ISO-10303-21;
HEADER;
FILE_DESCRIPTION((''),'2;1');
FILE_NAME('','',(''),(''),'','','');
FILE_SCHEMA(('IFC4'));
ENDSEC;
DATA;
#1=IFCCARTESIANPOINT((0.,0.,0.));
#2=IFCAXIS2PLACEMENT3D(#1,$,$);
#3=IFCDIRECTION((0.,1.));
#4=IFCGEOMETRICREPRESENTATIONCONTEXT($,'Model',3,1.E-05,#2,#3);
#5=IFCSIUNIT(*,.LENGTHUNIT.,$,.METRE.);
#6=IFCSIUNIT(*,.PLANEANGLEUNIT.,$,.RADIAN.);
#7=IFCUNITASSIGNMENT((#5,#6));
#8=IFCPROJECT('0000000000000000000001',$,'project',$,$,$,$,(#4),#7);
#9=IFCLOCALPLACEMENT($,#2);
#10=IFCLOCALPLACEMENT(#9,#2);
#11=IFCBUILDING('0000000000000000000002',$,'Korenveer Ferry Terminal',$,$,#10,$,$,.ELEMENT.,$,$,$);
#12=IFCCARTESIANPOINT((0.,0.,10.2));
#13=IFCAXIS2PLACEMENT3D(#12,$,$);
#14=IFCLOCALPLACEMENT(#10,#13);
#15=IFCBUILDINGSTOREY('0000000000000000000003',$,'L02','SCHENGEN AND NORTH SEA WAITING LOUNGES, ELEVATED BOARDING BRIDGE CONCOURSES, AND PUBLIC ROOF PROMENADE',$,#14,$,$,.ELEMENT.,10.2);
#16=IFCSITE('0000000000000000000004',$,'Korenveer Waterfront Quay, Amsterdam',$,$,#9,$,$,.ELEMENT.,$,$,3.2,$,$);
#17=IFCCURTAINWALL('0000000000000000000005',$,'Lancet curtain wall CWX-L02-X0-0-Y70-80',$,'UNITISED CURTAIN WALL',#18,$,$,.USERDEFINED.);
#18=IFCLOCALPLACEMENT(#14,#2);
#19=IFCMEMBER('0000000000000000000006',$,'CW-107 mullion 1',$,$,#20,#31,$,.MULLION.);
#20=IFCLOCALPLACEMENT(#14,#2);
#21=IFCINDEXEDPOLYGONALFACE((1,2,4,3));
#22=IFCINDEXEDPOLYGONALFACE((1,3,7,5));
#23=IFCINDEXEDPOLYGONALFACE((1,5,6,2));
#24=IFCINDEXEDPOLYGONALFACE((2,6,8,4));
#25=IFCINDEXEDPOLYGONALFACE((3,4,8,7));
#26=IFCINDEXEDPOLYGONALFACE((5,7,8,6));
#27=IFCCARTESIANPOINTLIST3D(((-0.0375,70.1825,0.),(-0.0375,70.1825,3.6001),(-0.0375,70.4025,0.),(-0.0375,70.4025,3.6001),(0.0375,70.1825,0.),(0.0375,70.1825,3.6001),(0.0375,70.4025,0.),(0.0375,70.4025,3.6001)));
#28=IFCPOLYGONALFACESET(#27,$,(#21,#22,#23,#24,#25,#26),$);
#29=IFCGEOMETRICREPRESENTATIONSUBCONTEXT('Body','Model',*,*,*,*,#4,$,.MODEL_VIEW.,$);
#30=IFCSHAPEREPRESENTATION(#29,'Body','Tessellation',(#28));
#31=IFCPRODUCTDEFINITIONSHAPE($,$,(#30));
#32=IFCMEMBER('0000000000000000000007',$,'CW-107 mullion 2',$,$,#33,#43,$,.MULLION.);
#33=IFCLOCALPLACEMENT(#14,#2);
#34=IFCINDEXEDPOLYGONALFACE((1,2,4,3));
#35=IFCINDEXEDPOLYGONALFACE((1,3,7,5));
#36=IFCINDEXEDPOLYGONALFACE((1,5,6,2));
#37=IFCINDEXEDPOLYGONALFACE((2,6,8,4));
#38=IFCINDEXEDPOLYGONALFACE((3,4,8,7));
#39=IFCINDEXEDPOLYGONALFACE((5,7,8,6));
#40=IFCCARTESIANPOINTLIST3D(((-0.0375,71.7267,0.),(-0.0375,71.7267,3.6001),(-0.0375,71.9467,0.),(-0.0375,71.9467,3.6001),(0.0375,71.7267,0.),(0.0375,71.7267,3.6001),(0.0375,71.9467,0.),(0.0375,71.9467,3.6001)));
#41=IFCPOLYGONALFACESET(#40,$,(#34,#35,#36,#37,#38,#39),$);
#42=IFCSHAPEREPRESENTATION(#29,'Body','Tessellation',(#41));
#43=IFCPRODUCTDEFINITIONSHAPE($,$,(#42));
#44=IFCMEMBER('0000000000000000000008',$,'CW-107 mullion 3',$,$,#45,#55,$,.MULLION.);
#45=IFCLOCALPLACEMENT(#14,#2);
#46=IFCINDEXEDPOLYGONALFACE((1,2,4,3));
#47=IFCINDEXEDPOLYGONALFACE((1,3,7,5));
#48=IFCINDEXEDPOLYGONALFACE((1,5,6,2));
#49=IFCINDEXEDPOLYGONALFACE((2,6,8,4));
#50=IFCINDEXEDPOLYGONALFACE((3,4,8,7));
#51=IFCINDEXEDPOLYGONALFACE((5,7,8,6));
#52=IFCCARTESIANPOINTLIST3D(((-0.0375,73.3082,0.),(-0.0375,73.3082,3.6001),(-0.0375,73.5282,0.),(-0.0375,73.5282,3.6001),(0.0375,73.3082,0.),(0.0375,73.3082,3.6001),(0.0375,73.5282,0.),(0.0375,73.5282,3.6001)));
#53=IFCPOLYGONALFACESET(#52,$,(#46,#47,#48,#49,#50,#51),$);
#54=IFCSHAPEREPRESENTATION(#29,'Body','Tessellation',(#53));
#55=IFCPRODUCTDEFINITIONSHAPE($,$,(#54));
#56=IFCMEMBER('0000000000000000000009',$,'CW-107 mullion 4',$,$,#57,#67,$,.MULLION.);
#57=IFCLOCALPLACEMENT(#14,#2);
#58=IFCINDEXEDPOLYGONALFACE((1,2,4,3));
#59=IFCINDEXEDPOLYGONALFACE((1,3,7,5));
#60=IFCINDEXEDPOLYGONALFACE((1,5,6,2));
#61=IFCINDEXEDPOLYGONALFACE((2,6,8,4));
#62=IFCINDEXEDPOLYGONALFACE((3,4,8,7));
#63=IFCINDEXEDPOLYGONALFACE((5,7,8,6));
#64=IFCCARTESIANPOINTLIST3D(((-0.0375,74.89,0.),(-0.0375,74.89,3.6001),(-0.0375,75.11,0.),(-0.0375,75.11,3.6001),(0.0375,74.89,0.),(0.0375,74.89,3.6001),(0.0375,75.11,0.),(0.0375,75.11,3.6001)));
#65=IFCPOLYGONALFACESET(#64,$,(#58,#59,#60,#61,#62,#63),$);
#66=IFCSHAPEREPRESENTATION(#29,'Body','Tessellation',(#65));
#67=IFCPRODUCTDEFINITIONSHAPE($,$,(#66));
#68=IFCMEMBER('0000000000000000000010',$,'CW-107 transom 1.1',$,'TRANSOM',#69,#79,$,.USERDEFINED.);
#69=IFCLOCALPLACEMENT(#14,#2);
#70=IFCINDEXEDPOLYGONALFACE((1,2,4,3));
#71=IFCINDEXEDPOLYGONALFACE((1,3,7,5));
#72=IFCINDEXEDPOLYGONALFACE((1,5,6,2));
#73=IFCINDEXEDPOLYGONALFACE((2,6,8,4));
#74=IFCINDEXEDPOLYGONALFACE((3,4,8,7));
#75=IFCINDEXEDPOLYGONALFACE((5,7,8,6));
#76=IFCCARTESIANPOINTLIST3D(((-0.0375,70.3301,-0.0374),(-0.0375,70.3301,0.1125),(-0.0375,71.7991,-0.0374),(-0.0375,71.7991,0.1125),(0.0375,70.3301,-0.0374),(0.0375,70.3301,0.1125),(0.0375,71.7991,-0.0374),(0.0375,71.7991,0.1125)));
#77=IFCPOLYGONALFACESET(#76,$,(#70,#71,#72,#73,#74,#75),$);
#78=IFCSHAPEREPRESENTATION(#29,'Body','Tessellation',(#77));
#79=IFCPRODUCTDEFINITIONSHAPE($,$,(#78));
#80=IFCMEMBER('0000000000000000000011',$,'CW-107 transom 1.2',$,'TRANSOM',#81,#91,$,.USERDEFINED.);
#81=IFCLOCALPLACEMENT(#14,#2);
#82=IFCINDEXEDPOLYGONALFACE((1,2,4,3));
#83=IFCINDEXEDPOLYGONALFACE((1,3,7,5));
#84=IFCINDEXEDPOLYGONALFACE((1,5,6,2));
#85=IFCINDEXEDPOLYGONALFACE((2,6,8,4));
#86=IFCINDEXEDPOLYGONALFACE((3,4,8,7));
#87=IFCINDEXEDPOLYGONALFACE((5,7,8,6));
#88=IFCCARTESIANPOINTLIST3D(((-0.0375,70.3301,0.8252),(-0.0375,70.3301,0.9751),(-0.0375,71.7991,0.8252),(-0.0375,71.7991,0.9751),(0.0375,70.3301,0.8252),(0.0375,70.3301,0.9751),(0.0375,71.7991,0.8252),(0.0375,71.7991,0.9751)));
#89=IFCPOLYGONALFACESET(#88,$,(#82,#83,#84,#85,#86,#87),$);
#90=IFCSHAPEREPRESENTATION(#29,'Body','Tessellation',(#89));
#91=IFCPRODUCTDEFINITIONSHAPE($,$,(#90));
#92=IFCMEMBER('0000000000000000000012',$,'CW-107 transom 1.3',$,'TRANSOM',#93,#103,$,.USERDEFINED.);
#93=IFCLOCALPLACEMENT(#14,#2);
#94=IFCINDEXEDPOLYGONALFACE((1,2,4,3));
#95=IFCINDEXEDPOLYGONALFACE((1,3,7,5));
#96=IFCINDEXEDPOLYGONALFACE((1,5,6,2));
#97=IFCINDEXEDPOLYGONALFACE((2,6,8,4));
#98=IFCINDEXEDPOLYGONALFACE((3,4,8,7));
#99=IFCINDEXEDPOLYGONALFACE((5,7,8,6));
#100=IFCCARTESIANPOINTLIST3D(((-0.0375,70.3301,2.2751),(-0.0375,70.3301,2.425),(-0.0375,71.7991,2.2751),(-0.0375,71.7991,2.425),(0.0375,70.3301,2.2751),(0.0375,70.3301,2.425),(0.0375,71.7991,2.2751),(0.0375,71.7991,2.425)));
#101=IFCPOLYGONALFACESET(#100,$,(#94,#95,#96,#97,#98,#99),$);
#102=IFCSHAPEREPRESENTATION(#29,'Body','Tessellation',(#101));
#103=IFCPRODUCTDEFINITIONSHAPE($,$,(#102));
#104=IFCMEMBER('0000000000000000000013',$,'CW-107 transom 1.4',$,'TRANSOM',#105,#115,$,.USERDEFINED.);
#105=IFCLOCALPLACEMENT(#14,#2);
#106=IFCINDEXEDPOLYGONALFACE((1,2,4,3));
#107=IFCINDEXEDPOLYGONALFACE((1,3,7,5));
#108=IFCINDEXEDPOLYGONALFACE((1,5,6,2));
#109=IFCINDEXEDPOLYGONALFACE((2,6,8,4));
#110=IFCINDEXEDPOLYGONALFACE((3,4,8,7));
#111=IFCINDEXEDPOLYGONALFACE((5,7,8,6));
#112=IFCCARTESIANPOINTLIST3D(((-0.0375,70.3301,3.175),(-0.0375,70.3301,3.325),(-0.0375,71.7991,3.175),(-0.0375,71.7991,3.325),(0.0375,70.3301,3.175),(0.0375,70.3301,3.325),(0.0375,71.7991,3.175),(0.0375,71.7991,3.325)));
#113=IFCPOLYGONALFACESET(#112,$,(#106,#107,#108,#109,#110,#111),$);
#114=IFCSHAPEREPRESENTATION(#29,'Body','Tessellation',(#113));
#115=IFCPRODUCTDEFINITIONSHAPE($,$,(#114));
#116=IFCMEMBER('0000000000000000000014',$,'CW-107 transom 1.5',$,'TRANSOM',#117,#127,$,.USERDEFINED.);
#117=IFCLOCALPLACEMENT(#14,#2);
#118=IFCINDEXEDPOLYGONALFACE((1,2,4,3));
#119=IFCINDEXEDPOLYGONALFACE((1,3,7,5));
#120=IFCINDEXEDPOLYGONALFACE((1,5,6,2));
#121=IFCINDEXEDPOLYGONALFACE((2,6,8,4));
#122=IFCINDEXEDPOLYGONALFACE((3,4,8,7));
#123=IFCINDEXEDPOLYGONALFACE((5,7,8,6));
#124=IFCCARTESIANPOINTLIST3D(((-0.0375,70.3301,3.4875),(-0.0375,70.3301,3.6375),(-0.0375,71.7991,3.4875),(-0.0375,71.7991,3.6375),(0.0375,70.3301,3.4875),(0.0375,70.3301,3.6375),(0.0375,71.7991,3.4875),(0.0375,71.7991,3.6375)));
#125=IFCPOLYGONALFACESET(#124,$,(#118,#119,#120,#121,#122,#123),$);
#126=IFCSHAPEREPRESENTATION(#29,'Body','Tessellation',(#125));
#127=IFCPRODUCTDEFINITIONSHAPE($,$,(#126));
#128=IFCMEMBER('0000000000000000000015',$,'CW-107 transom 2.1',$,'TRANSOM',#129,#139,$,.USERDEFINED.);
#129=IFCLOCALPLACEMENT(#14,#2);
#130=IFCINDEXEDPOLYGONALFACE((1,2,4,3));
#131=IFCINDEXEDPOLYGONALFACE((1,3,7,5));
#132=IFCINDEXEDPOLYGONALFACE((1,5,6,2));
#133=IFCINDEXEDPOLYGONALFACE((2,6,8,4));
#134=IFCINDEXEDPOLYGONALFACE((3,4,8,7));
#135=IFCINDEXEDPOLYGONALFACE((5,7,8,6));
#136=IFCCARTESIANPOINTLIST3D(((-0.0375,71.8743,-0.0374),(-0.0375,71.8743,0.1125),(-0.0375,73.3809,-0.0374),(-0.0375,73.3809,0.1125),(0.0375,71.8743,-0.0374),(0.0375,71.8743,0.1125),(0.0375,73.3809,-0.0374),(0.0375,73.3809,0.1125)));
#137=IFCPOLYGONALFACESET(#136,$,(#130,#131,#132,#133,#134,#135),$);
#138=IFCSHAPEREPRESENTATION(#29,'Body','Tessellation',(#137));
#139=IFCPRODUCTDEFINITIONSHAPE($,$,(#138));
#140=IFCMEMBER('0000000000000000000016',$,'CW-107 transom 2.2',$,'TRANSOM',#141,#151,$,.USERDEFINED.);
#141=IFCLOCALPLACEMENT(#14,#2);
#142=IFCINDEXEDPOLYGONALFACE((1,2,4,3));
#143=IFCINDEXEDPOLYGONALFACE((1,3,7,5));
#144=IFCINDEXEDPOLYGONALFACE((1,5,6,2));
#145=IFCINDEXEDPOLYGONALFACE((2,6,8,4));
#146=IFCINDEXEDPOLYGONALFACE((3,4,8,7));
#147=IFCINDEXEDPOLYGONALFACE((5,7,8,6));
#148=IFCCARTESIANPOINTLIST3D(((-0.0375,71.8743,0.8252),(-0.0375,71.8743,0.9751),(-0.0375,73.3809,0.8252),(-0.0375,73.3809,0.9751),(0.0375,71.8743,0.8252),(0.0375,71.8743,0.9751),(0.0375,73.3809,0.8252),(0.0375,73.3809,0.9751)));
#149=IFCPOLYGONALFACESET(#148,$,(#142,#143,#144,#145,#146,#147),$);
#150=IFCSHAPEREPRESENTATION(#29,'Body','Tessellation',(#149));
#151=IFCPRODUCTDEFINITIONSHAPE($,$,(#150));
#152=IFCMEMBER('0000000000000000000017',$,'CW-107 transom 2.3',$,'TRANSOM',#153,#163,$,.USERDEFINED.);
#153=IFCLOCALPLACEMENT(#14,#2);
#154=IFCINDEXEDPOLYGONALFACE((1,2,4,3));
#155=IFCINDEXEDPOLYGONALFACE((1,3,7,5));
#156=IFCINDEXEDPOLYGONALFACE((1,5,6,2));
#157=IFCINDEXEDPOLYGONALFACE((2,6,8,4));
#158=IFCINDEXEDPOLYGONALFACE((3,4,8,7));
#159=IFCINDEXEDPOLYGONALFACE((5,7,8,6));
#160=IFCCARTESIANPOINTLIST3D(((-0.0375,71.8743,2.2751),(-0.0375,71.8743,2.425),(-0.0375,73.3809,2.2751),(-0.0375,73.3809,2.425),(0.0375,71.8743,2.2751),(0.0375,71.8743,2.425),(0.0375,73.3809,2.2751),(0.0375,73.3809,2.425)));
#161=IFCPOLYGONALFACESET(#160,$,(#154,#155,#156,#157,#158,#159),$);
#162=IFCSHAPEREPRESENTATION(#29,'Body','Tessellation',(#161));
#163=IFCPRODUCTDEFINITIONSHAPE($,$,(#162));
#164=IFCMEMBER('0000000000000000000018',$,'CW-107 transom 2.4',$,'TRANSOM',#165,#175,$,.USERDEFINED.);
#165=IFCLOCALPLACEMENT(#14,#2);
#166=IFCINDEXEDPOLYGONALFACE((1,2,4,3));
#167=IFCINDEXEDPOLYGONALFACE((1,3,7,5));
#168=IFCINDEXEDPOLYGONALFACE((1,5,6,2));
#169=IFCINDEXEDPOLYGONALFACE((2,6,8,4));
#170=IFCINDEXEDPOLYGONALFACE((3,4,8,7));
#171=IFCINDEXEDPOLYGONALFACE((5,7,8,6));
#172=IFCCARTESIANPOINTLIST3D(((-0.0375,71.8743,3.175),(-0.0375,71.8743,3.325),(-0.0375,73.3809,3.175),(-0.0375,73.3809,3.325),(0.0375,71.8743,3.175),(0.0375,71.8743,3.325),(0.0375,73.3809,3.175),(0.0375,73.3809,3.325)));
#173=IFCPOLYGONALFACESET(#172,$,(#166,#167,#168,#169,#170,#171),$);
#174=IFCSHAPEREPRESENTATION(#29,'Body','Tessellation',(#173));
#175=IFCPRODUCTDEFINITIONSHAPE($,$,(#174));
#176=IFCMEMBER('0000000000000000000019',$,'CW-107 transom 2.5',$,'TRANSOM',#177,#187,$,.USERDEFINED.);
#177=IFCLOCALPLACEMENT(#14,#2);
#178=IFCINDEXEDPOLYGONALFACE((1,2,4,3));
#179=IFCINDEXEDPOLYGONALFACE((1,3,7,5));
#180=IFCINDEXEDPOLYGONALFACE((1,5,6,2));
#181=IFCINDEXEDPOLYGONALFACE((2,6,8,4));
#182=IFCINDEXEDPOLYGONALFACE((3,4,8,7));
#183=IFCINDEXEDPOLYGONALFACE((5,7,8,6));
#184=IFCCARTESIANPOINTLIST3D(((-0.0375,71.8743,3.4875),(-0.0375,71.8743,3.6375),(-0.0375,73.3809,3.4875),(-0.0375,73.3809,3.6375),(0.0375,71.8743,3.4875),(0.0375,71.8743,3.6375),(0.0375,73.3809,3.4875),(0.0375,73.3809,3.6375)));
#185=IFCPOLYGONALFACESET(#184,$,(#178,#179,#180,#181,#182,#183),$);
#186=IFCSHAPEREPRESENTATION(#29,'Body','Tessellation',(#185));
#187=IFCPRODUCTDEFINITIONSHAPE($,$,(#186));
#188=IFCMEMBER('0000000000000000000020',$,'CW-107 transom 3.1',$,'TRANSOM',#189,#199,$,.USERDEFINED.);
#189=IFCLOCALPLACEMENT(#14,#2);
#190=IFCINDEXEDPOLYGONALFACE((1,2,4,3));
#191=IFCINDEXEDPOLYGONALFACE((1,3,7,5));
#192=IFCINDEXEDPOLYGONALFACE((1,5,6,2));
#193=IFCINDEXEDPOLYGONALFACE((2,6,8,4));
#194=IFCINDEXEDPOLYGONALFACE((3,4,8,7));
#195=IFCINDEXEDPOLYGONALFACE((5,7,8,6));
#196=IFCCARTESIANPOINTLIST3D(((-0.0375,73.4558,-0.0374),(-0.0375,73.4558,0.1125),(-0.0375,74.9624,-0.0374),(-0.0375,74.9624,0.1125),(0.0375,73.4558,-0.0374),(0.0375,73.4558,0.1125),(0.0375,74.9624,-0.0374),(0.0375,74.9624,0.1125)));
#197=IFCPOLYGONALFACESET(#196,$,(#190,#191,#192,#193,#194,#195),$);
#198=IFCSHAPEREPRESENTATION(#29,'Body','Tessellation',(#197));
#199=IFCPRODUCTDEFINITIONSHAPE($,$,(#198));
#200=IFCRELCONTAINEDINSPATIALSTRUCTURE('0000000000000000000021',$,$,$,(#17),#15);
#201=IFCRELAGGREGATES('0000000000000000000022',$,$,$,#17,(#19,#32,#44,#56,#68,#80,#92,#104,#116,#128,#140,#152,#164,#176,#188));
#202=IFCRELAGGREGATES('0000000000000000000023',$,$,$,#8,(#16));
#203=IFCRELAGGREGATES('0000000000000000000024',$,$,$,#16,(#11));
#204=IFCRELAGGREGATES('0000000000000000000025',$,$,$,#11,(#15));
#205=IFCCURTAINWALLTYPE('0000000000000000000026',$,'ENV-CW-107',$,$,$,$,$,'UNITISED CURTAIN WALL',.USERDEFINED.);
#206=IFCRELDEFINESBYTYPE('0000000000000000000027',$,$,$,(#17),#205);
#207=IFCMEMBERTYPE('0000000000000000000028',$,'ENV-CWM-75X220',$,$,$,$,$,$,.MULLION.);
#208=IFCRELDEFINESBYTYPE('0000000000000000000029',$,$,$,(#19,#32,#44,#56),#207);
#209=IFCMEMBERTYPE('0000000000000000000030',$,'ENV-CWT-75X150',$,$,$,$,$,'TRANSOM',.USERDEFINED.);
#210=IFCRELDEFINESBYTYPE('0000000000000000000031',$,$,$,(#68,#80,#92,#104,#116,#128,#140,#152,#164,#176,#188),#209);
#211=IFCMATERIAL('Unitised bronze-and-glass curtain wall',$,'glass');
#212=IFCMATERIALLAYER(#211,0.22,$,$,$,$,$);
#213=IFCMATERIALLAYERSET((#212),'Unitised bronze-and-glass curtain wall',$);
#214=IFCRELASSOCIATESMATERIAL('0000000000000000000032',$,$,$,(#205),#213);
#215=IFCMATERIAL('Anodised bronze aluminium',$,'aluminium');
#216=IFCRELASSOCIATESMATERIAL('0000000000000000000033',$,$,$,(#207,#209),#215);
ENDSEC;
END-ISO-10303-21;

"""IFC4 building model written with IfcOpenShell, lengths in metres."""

from ifc_helpers import new_model, si_unit, direction, frame, origin, origin_2d, place, context, subcontext, project, spatial, rectangle, extrude, material, layer, layer_set, material_profile, profile_set, type_object, element, aggregate, save


model = new_model("IFC4")

# Units and contexts
model_context = context("Model", 3, precision=1e-05, world=origin(), true_north=direction((0.0, 1.0)))
body_context = subcontext(model_context, "Body", "Model", "MODEL_VIEW")
ifc_project = project(units=[si_unit("LENGTHUNIT", "METRE"), si_unit("PLANEANGLEUNIT", "RADIAN")], contexts=[model_context])

# Site, building, storey
site_placement = place(None, origin())
site = spatial("IfcSite", under=ifc_project, at=site_placement, Name="Korenveer Waterfront Quay, Amsterdam", CompositionType="ELEMENT", RefElevation=3.2)
building_placement = place(site_placement, origin())
building = spatial("IfcBuilding", under=site, at=building_placement, Name="Korenveer Ferry Terminal", CompositionType="ELEMENT")
storey_placement = place(building_placement, frame((0.0, 0.0, 10.2)))
storey = spatial("IfcBuildingStorey", under=building, at=storey_placement, Name="L02", Description="SCHENGEN AND NORTH SEA WAITING LOUNGES, ELEVATED BOARDING BRIDGE CONCOURSES, AND PUBLIC ROOF PROMENADE", CompositionType="ELEMENT", Elevation=10.2)

# Curtain wall, members
ifc_material_1 = material(Name="Unitised bronze-and-glass curtain wall", Category="glass")
ifc_layer_1 = layer(ifc_material_1, 0.22)
ifc_layer_set_1 = layer_set([ifc_layer_1], Name="Unitised bronze-and-glass curtain wall")
curtain_wall_type = type_object("IfcCurtainWallType", Name="ENV-CW-107", ElementType="UNITISED CURTAIN WALL", PredefinedType="USERDEFINED", material=ifc_layer_set_1)
curtain_wall_placement = place(storey_placement, frame((0.0, 70.2549, 0.0)))
curtain_wall = element("IfcCurtainWall", 1, at=curtain_wall_placement, inside=storey, type_object=curtain_wall_type, Name="Lancet curtain wall CWX-L02-X0-0-Y70-80", ObjectType="UNITISED CURTAIN WALL", PredefinedType="USERDEFINED")
ifc_material_2 = material(Name="Anodised bronze aluminium", Category="aluminium")
ifc_material_profile_1 = material_profile(ifc_material_2, rectangle(XDim=0.075, YDim=0.22, at=origin_2d()), Name="ALU 75x220")
ifc_profile_set_1 = profile_set([ifc_material_profile_1], Name="Anodised bronze aluminium")
member_type_1 = type_object("IfcMemberType", Name="ENV-CWM-75X220", PredefinedType="MULLION", material=ifc_profile_set_1)
member_1_placement = place(storey_placement, frame((0.0, 70.2925, 0.0), z_axis=(0.0, 0.0, 1.0), x_axis=(-1.0, 0.0, 0.0)))
member_1 = element("IfcMember", 2, at=member_1_placement, type_object=member_type_1, Name="CW-107 mullion 1", PredefinedType="MULLION", context=body_context, shape_type="SweptSolid", body=[
    extrude(rectangle(XDim=0.075, YDim=0.22, at=origin_2d()), origin(), (0.0, 0.0, 1.0), 3.6001),
])
member_2_placement = place(storey_placement, frame((0.0, 71.8367, 0.0), z_axis=(0.0, 0.0, 1.0), x_axis=(-1.0, 0.0, 0.0)))
member_2 = element("IfcMember", 3, at=member_2_placement, type_object=member_type_1, Name="CW-107 mullion 2", PredefinedType="MULLION", context=body_context, shape_type="SweptSolid", body=[
    extrude(rectangle(XDim=0.075, YDim=0.22, at=origin_2d()), origin(), (0.0, 0.0, 1.0), 3.6001),
])
member_3_placement = place(storey_placement, frame((0.0, 73.4182, 0.0), z_axis=(0.0, 0.0, 1.0), x_axis=(-1.0, 0.0, 0.0)))
member_3 = element("IfcMember", 4, at=member_3_placement, type_object=member_type_1, Name="CW-107 mullion 3", PredefinedType="MULLION", context=body_context, shape_type="SweptSolid", body=[
    extrude(rectangle(XDim=0.075, YDim=0.22, at=origin_2d()), origin(), (0.0, 0.0, 1.0), 3.6001),
])
member_4_placement = place(storey_placement, frame((0.0, 75.0, 0.0), z_axis=(0.0, 0.0, 1.0), x_axis=(-1.0, 0.0, 0.0)))
member_4 = element("IfcMember", 5, at=member_4_placement, type_object=member_type_1, Name="CW-107 mullion 4", PredefinedType="MULLION", context=body_context, shape_type="SweptSolid", body=[
    extrude(rectangle(XDim=0.075, YDim=0.22, at=origin_2d()), origin(), (0.0, 0.0, 1.0), 3.6001),
])
ifc_material_profile_2 = material_profile(ifc_material_2, rectangle(XDim=0.075, YDim=0.1499, at=origin_2d()), Name="ALU 75x150")
ifc_profile_set_2 = profile_set([ifc_material_profile_2], Name="Anodised bronze aluminium")
member_type_2 = type_object("IfcMemberType", Name="ENV-CWT-75X150", ElementType="TRANSOM", PredefinedType="USERDEFINED", material=ifc_profile_set_2)
member_5_placement = place(storey_placement, frame((0.0, 70.3301, 0.0376), z_axis=(0.0, 1.0, 0.0), x_axis=(-1.0, 0.0, 0.0)))
member_5 = element("IfcMember", 6, at=member_5_placement, type_object=member_type_2, Name="CW-107 transom 1.1", ObjectType="TRANSOM", PredefinedType="USERDEFINED", context=body_context, shape_type="SweptSolid", body=[
    extrude(rectangle(XDim=0.075, YDim=0.1499, at=origin_2d()), origin(), (0.0, 0.0, 1.0), 1.469),
])
member_6_placement = place(storey_placement, frame((0.0, 70.3301, 0.9001), z_axis=(0.0, 1.0, 0.0), x_axis=(-1.0, 0.0, 0.0)))
member_6 = element("IfcMember", 7, at=member_6_placement, type_object=member_type_2, Name="CW-107 transom 1.2", ObjectType="TRANSOM", PredefinedType="USERDEFINED", context=body_context, shape_type="SweptSolid", body=[
    extrude(rectangle(XDim=0.075, YDim=0.1499, at=origin_2d()), origin(), (0.0, 0.0, 1.0), 1.469),
])
member_7_placement = place(storey_placement, frame((0.0, 70.3301, 2.3501), z_axis=(0.0, 1.0, 0.0), x_axis=(-1.0, 0.0, 0.0)))
member_7 = element("IfcMember", 8, at=member_7_placement, type_object=member_type_2, Name="CW-107 transom 1.3", ObjectType="TRANSOM", PredefinedType="USERDEFINED", context=body_context, shape_type="SweptSolid", body=[
    extrude(rectangle(XDim=0.075, YDim=0.1499, at=origin_2d()), origin(), (0.0, 0.0, 1.0), 1.469),
])
member_8_placement = place(storey_placement, frame((0.0, 70.3301, 3.25), z_axis=(0.0, 1.0, 0.0), x_axis=(-1.0, 0.0, 0.0)))
member_8 = element("IfcMember", 9, at=member_8_placement, type_object=member_type_2, Name="CW-107 transom 1.4", ObjectType="TRANSOM", PredefinedType="USERDEFINED", context=body_context, shape_type="SweptSolid", body=[
    extrude(rectangle(XDim=0.075, YDim=0.1499, at=origin_2d()), origin(), (0.0, 0.0, 1.0), 1.469),
])
member_9_placement = place(storey_placement, frame((0.0, 70.3301, 3.5625), z_axis=(0.0, 1.0, 0.0), x_axis=(-1.0, 0.0, 0.0)))
member_9 = element("IfcMember", 10, at=member_9_placement, type_object=member_type_2, Name="CW-107 transom 1.5", ObjectType="TRANSOM", PredefinedType="USERDEFINED", context=body_context, shape_type="SweptSolid", body=[
    extrude(rectangle(XDim=0.075, YDim=0.1499, at=origin_2d()), origin(), (0.0, 0.0, 1.0), 1.469),
])
member_10_placement = place(storey_placement, frame((0.0, 71.8743, 0.0376), z_axis=(0.0, 1.0, 0.0), x_axis=(-1.0, 0.0, 0.0)))
member_10 = element("IfcMember", 11, at=member_10_placement, type_object=member_type_2, Name="CW-107 transom 2.1", ObjectType="TRANSOM", PredefinedType="USERDEFINED", context=body_context, shape_type="SweptSolid", body=[
    extrude(rectangle(XDim=0.075, YDim=0.1499, at=origin_2d()), origin(), (0.0, 0.0, 1.0), 1.5066),
])
member_11_placement = place(storey_placement, frame((0.0, 71.8743, 0.9001), z_axis=(0.0, 1.0, 0.0), x_axis=(-1.0, 0.0, 0.0)))
member_11 = element("IfcMember", 12, at=member_11_placement, type_object=member_type_2, Name="CW-107 transom 2.2", ObjectType="TRANSOM", PredefinedType="USERDEFINED", context=body_context, shape_type="SweptSolid", body=[
    extrude(rectangle(XDim=0.075, YDim=0.1499, at=origin_2d()), origin(), (0.0, 0.0, 1.0), 1.5066),
])
member_12_placement = place(storey_placement, frame((0.0, 71.8743, 2.3501), z_axis=(0.0, 1.0, 0.0), x_axis=(-1.0, 0.0, 0.0)))
member_12 = element("IfcMember", 13, at=member_12_placement, type_object=member_type_2, Name="CW-107 transom 2.3", ObjectType="TRANSOM", PredefinedType="USERDEFINED", context=body_context, shape_type="SweptSolid", body=[
    extrude(rectangle(XDim=0.075, YDim=0.1499, at=origin_2d()), origin(), (0.0, 0.0, 1.0), 1.5066),
])
member_13_placement = place(storey_placement, frame((0.0, 71.8743, 3.25), z_axis=(0.0, 1.0, 0.0), x_axis=(-1.0, 0.0, 0.0)))
member_13 = element("IfcMember", 14, at=member_13_placement, type_object=member_type_2, Name="CW-107 transom 2.4", ObjectType="TRANSOM", PredefinedType="USERDEFINED", context=body_context, shape_type="SweptSolid", body=[
    extrude(rectangle(XDim=0.075, YDim=0.1499, at=origin_2d()), origin(), (0.0, 0.0, 1.0), 1.5066),
])
member_14_placement = place(storey_placement, frame((0.0, 71.8743, 3.5625), z_axis=(0.0, 1.0, 0.0), x_axis=(-1.0, 0.0, 0.0)))
member_14 = element("IfcMember", 15, at=member_14_placement, type_object=member_type_2, Name="CW-107 transom 2.5", ObjectType="TRANSOM", PredefinedType="USERDEFINED", context=body_context, shape_type="SweptSolid", body=[
    extrude(rectangle(XDim=0.075, YDim=0.1499, at=origin_2d()), origin(), (0.0, 0.0, 1.0), 1.5066),
])
member_15_placement = place(storey_placement, frame((0.0, 73.4558, 0.0376), z_axis=(0.0, 1.0, 0.0), x_axis=(-1.0, 0.0, 0.0)))
member_15 = element("IfcMember", 16, at=member_15_placement, type_object=member_type_2, Name="CW-107 transom 3.1", ObjectType="TRANSOM", PredefinedType="USERDEFINED", context=body_context, shape_type="SweptSolid", body=[
    extrude(rectangle(XDim=0.075, YDim=0.1499, at=origin_2d()), origin(), (0.0, 0.0, 1.0), 1.5066),
])
aggregate(curtain_wall, [member_1, member_2, member_3, member_4, member_5, member_6, member_7, member_8, member_9, member_10, member_11, member_12, member_13, member_14, member_15])

save(model, "model.ifc")
